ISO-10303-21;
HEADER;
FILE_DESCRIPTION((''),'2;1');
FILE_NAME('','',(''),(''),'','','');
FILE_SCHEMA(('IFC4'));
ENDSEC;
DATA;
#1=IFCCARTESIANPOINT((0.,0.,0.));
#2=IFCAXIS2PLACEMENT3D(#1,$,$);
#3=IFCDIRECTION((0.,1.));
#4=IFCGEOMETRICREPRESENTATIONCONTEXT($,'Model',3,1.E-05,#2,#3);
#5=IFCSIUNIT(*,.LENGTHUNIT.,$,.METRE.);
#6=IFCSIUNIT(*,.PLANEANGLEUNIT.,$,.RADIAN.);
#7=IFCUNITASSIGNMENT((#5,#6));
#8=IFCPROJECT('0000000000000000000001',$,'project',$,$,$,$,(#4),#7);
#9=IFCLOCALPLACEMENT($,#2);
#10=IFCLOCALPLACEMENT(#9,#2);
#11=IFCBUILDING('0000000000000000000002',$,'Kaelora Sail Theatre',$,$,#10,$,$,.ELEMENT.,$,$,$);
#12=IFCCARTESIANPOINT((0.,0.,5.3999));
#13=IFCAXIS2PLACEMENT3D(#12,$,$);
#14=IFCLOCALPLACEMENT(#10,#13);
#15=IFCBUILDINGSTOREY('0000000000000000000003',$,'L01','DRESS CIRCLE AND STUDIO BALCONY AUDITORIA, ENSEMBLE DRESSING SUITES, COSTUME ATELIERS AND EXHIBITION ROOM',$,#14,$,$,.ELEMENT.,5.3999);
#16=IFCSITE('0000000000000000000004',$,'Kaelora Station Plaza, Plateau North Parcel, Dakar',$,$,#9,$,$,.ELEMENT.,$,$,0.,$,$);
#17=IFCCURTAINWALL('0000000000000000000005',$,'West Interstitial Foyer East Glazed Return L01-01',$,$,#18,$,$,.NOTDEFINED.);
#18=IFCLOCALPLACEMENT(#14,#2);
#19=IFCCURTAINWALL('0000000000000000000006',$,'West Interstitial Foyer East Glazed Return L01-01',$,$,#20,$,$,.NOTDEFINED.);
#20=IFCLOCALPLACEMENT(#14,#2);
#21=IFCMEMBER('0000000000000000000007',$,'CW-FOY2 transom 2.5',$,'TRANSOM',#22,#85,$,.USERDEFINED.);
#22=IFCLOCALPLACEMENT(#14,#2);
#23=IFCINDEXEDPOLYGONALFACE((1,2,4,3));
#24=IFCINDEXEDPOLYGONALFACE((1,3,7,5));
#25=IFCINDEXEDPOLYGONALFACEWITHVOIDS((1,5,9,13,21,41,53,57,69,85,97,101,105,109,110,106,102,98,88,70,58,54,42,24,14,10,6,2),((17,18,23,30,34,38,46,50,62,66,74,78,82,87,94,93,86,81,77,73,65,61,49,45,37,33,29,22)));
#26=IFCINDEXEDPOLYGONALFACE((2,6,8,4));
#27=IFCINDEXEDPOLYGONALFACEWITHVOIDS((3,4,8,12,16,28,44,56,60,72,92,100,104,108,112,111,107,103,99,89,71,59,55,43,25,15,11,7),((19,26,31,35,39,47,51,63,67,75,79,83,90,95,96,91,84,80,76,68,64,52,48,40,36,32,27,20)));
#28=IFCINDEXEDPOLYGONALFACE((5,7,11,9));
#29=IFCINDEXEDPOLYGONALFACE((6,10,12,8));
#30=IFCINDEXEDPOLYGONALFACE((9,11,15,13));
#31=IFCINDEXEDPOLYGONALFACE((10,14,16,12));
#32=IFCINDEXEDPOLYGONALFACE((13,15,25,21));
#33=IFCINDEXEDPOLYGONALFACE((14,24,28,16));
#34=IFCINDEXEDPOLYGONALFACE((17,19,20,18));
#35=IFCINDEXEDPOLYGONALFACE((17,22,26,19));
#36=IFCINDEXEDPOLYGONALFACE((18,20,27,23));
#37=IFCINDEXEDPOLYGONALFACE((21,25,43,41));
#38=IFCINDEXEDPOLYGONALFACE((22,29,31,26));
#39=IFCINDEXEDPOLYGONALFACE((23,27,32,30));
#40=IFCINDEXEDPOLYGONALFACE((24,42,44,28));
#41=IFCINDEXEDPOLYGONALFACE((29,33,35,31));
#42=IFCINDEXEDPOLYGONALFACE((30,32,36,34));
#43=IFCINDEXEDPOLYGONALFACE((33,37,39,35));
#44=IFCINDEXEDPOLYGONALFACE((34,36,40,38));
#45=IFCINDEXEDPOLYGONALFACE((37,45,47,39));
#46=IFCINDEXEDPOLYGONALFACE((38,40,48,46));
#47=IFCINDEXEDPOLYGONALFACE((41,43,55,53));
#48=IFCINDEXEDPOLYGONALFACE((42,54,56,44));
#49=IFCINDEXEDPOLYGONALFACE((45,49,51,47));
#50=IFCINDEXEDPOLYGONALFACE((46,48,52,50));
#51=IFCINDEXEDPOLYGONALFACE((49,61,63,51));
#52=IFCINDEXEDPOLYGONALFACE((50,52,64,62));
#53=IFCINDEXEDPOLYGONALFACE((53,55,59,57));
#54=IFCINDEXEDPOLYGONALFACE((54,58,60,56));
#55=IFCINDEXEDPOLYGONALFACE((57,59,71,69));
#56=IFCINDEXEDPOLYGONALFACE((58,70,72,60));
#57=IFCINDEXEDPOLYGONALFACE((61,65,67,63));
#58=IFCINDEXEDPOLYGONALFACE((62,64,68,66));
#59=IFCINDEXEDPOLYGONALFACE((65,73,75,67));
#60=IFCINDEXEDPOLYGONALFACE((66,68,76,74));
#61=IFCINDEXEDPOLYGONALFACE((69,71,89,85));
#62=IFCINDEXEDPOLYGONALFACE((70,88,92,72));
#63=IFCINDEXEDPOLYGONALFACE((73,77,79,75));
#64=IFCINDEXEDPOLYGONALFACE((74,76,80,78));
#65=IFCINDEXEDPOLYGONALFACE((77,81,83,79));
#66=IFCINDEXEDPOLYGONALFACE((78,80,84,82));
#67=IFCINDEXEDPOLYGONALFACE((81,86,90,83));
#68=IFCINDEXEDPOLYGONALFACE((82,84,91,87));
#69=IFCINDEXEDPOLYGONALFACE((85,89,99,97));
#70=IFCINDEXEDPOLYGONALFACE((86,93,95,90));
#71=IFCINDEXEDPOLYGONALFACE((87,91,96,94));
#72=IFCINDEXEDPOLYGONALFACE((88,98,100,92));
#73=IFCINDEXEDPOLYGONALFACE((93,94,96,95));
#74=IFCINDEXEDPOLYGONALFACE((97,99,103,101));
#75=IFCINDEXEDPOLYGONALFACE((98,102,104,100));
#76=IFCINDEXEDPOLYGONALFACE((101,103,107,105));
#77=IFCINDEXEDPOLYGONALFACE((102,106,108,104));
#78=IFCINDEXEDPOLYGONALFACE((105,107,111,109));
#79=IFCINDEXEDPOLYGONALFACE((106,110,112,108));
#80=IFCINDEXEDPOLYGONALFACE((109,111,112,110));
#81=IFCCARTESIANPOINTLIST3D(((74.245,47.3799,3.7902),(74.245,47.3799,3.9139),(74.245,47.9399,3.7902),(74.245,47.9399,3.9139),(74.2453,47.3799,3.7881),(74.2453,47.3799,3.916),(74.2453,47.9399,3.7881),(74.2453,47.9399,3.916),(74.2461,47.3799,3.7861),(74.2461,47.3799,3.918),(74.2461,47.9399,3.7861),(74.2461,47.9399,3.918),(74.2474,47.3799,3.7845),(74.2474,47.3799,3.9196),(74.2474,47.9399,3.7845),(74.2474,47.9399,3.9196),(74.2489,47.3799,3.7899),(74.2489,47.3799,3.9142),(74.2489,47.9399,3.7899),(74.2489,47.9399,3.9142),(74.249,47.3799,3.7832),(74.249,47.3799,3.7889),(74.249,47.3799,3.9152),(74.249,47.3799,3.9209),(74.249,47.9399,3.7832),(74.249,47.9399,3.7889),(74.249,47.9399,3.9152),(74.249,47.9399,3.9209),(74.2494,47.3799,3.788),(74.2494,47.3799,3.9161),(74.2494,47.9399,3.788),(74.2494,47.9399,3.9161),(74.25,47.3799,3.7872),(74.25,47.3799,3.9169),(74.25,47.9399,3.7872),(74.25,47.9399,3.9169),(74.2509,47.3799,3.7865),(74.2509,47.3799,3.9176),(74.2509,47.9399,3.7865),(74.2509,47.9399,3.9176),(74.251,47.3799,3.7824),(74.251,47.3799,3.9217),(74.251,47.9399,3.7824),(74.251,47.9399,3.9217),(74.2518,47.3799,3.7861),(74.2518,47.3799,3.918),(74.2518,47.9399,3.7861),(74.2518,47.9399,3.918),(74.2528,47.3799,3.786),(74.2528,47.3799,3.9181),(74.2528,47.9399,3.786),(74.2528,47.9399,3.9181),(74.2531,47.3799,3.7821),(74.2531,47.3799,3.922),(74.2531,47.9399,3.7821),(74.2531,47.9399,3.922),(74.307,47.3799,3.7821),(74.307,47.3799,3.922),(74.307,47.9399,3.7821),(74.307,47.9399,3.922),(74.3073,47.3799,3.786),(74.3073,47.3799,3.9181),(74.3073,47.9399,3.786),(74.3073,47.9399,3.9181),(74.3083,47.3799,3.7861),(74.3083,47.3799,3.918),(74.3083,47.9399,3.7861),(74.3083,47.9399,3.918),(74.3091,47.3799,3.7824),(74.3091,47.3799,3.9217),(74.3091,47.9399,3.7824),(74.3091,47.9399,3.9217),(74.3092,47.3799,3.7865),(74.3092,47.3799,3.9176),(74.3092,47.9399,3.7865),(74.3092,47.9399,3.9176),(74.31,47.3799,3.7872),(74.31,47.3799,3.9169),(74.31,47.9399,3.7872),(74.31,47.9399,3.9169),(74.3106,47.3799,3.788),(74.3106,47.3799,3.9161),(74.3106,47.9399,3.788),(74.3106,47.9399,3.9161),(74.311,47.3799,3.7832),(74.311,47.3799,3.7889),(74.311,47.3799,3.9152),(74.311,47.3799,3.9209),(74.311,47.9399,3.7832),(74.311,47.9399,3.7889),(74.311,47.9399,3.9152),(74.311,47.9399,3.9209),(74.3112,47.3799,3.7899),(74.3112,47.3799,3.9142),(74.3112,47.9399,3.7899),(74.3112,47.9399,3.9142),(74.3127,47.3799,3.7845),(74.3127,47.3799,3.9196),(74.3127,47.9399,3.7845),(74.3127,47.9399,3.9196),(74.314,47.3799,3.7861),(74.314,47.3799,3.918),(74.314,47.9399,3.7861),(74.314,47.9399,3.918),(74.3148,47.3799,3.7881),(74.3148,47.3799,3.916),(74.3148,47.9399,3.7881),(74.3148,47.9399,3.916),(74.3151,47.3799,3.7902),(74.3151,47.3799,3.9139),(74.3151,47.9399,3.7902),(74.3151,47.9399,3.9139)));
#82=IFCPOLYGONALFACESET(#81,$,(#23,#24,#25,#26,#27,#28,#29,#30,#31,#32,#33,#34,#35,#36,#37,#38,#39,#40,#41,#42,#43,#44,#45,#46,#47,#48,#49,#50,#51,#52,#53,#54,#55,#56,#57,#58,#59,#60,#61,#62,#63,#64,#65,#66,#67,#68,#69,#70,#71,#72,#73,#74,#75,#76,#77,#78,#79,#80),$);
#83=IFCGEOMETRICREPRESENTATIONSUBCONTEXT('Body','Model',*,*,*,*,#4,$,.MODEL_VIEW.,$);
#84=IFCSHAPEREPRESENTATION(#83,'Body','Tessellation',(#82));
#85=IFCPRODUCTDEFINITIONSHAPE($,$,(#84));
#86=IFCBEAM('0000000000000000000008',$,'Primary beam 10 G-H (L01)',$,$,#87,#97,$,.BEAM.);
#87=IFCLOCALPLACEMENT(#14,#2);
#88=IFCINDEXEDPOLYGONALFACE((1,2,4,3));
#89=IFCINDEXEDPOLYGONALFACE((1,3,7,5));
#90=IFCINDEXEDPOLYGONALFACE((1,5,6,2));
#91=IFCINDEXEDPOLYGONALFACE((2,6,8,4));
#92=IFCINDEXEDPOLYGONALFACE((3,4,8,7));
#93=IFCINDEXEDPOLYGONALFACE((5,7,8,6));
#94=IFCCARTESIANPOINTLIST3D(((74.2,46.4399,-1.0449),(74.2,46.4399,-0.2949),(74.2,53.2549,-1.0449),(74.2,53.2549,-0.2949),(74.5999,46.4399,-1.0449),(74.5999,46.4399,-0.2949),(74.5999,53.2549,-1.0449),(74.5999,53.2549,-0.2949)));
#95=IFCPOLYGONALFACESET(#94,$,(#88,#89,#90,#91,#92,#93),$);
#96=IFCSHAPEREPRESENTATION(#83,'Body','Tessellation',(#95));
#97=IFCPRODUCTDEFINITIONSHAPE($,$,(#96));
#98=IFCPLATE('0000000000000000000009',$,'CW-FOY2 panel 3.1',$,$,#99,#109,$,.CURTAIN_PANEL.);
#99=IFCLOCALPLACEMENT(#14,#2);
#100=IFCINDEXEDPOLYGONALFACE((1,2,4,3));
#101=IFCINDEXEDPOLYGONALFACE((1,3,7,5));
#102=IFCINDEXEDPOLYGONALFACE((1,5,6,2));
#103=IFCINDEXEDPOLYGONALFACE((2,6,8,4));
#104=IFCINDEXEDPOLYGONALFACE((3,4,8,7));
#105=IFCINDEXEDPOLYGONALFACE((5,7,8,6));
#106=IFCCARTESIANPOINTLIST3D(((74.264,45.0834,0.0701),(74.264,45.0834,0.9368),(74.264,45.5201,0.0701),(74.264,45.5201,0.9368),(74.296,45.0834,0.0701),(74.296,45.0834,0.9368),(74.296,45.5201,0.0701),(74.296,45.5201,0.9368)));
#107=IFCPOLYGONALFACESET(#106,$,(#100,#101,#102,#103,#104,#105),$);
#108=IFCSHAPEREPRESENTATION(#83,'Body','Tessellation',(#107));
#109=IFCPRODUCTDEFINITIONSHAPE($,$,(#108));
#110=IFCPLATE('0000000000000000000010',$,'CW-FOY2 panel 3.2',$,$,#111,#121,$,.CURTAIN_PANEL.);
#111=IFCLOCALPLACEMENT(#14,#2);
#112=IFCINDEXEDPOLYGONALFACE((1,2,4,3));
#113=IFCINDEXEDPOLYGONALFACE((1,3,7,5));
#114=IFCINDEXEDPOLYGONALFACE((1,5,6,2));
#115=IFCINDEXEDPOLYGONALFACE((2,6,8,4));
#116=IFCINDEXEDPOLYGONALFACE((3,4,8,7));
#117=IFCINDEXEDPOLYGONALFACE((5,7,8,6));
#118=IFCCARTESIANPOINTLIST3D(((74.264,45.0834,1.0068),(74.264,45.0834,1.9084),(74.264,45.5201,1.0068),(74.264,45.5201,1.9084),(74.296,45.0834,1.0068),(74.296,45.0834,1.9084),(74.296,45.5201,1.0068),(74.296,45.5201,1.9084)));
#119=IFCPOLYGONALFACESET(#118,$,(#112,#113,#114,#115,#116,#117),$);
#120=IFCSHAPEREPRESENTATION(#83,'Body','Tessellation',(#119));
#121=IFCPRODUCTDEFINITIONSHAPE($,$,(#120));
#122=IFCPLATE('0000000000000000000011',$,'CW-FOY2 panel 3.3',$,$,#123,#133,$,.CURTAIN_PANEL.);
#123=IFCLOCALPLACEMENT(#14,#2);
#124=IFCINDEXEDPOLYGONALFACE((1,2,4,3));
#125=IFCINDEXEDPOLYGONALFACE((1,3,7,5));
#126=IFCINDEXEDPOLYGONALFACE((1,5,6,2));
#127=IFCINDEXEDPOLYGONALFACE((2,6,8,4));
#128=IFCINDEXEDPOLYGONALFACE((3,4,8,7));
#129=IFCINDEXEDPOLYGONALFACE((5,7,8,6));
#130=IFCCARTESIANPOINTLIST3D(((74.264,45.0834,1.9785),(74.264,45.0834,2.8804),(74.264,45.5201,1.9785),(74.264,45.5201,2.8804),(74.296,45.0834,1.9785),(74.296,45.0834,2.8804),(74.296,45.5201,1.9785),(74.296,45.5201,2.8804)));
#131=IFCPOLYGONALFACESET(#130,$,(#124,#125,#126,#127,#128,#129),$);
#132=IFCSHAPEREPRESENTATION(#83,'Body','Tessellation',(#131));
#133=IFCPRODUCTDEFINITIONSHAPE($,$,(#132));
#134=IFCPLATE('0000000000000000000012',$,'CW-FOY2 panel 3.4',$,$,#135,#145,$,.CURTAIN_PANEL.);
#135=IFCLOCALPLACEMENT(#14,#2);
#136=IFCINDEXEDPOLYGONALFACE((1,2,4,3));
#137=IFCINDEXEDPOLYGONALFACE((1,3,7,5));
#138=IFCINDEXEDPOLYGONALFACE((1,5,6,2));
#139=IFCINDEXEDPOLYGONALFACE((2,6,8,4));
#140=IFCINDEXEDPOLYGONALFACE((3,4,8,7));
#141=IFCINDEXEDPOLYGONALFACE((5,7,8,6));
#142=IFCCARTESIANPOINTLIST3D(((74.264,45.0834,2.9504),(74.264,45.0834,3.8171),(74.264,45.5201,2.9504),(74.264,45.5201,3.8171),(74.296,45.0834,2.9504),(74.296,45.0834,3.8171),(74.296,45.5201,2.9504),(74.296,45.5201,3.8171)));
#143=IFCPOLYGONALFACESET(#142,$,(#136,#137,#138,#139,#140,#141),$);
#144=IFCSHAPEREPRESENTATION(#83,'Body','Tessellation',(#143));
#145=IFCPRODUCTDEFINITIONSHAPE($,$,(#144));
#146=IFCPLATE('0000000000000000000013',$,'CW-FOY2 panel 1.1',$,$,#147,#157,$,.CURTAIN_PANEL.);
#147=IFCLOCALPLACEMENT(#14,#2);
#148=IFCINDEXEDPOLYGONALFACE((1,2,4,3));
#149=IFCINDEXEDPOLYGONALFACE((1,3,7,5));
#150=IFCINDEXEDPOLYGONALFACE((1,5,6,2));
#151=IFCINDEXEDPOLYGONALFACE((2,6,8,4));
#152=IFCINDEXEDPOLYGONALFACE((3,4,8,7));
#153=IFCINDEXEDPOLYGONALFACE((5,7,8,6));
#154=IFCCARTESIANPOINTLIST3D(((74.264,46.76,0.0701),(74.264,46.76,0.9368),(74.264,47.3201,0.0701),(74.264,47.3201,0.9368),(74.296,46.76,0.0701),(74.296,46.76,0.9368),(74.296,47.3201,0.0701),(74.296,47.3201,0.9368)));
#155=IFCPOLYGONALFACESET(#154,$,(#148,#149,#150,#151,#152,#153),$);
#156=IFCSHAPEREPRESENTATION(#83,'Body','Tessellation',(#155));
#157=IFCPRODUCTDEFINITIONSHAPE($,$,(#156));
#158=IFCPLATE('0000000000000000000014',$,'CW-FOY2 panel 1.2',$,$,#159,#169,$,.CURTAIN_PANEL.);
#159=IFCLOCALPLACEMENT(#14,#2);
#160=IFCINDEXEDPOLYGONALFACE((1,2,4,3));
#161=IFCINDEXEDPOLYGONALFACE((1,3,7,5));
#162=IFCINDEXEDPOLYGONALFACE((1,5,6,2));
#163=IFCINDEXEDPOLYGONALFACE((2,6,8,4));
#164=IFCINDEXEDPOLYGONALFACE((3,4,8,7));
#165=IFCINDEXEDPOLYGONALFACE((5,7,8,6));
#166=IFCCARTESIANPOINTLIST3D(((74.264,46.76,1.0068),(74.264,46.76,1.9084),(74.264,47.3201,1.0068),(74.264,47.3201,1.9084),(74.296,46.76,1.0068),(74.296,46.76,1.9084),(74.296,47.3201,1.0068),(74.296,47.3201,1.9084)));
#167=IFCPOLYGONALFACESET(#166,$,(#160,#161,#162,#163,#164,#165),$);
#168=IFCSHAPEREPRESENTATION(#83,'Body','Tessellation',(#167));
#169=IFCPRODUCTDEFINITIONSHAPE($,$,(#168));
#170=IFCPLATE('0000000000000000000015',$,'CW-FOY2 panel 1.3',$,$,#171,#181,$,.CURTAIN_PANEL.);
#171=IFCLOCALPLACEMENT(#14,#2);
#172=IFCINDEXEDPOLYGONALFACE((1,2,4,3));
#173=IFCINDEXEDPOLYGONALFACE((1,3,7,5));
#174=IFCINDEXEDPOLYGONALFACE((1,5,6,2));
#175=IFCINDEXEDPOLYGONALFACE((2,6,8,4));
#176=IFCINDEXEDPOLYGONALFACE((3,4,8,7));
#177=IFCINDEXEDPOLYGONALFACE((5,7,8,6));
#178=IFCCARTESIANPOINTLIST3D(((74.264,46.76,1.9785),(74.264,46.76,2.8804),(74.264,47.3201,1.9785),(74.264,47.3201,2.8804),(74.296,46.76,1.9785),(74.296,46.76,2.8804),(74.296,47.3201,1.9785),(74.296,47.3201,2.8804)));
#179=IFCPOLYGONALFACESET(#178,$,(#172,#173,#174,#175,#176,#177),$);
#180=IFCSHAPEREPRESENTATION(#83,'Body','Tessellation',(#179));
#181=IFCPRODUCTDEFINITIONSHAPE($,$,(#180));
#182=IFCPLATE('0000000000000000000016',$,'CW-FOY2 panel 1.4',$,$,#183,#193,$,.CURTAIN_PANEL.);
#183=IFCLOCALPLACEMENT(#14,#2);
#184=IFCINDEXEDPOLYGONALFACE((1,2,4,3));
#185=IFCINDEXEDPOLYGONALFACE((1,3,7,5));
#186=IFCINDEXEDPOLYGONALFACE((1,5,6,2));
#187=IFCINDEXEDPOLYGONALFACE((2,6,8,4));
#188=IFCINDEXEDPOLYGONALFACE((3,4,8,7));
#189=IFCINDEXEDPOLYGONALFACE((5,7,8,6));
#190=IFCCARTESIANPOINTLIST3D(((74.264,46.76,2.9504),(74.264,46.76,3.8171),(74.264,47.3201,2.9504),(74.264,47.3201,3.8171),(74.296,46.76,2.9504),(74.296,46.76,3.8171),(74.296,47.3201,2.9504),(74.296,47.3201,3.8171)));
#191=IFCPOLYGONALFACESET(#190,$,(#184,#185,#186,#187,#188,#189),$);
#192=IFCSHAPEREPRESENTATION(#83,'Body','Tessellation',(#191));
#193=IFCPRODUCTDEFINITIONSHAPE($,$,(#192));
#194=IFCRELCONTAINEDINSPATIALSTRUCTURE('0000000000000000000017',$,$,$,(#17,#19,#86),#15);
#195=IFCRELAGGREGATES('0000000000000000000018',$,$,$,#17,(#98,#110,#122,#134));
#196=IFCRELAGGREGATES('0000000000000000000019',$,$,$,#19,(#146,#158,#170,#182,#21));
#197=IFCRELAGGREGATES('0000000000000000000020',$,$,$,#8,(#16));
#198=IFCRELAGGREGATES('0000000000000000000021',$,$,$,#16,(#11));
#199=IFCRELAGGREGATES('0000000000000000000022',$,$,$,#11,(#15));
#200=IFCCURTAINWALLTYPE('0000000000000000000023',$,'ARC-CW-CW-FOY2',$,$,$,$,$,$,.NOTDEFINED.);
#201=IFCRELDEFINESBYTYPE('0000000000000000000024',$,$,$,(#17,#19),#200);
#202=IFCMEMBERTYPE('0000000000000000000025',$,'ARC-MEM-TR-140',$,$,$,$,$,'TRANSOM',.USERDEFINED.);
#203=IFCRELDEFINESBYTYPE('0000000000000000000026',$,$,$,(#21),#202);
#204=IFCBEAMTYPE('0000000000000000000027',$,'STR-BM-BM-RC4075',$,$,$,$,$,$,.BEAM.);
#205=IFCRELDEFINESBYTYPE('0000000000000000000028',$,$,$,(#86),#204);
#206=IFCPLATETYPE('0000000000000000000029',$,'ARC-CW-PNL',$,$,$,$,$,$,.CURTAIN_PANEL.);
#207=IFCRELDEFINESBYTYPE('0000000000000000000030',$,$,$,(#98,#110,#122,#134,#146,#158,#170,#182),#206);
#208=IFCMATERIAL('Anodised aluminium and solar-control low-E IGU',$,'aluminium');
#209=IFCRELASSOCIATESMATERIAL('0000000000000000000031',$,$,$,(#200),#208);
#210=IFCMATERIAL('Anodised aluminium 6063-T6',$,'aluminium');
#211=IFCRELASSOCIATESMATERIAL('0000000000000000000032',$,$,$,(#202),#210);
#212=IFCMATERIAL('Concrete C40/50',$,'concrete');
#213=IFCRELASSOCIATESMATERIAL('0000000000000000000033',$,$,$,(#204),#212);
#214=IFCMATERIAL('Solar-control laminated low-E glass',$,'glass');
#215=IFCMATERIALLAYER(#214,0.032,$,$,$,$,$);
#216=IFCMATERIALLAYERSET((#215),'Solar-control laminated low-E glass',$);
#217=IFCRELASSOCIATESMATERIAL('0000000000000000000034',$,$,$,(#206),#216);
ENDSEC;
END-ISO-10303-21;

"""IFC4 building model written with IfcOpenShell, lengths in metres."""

from ifc_helpers import new_model, si_unit, direction, frame, origin, origin_2d, place, context, subcontext, project, spatial, rectangle, hollow_rectangle, extrude, material, layer, layer_set, material_profile, profile_set, type_object, element, aggregate, save


model = new_model("IFC4")

# Units and contexts
model_context = context("Model", 3, precision=1e-05, world=origin(), true_north=direction((0.0, 1.0)))
body_context = subcontext(model_context, "Body", "Model", "MODEL_VIEW")
ifc_project = project(units=[si_unit("LENGTHUNIT", "METRE"), si_unit("PLANEANGLEUNIT", "RADIAN")], contexts=[model_context])

# Site, building, storey
site_placement = place(None, origin())
site = spatial("IfcSite", under=ifc_project, at=site_placement, Name="Kaelora Station Plaza, Plateau North Parcel, Dakar", CompositionType="ELEMENT", RefElevation=0.0)
building_placement = place(site_placement, origin())
building = spatial("IfcBuilding", under=site, at=building_placement, Name="Kaelora Sail Theatre", CompositionType="ELEMENT")
storey_placement = place(building_placement, frame((0.0, 0.0, 5.3999)))
storey = spatial("IfcBuildingStorey", under=building, at=storey_placement, Name="L01", Description="DRESS CIRCLE AND STUDIO BALCONY AUDITORIA, ENSEMBLE DRESSING SUITES, COSTUME ATELIERS AND EXHIBITION ROOM", CompositionType="ELEMENT", Elevation=5.3999)

# Curtain wall
ifc_material_1 = material(Name="Anodised aluminium and solar-control low-E IGU", Category="aluminium")
curtain_wall_type = type_object("IfcCurtainWallType", Name="ARC-CW-CW-FOY2", PredefinedType="NOTDEFINED", material=ifc_material_1)
curtain_wall_1_placement = place(storey_placement, origin())
curtain_wall_1 = element("IfcCurtainWall", 1, at=curtain_wall_1_placement, inside=storey, type_object=curtain_wall_type, Name="West Interstitial Foyer East Glazed Return L01-01", PredefinedType="NOTDEFINED")

# Curtain wall, member
curtain_wall_2_placement = place(storey_placement, origin())
curtain_wall_2 = element("IfcCurtainWall", 2, at=curtain_wall_2_placement, inside=storey, type_object=curtain_wall_type, Name="West Interstitial Foyer East Glazed Return L01-01", PredefinedType="NOTDEFINED")
ifc_material_2 = material(Name="Anodised aluminium 6063-T6", Category="aluminium")
ifc_material_profile_1 = material_profile(ifc_material_2, hollow_rectangle(XDim=0.0701, YDim=0.1399, WallThickness=0.0039, InnerFilletRadius=0.0039, OuterFilletRadius=0.0081, at=origin_2d()), Name="ALU-TRAN 70x140x4")
ifc_profile_set_1 = profile_set([ifc_material_profile_1], Name="Anodised aluminium 6063-T6")
member_type_1 = type_object("IfcMemberType", Name="ARC-MEM-TR-140", ElementType="TRANSOM", PredefinedType="USERDEFINED", material=ifc_profile_set_1)
member_1_placement = place(storey_placement, frame((74.28, 47.3799, 3.8521), z_axis=(0.0, 1.0, 0.0), x_axis=(-1.0, 0.0, 0.0)))
member_1 = element("IfcMember", 3, at=member_1_placement, type_object=member_type_1, Name="CW-FOY2 transom 2.5", ObjectType="TRANSOM", PredefinedType="USERDEFINED", context=body_context, shape_type="SweptSolid", body=[
    extrude(hollow_rectangle(XDim=0.0701, YDim=0.1399, WallThickness=0.0039, InnerFilletRadius=0.0039, OuterFilletRadius=0.0081, at=origin_2d()), origin(), (0.0, 0.0, 1.0), 0.5601),
])

# Beam
ifc_material_3 = material(Name="Concrete C40/50", Category="concrete")
ifc_material_profile_2 = material_profile(ifc_material_3, rectangle(XDim=0.3999, YDim=0.75, at=origin_2d()), Name="RC-BM 400x750")
ifc_profile_set_2 = profile_set([ifc_material_profile_2], Name="Concrete C40/50")
beam_type = type_object("IfcBeamType", Name="STR-BM-BM-RC4075", PredefinedType="BEAM", material=ifc_profile_set_2)
beam_placement = place(storey_placement, frame((74.3999, 46.4399, -0.6699), z_axis=(0.0, 1.0, 0.0), x_axis=(-1.0, 0.0, 0.0)))
element("IfcBeam", 4, at=beam_placement, inside=storey, type_object=beam_type, Name="Primary beam 10 G-H (L01)", PredefinedType="BEAM", context=body_context, shape_type="SweptSolid", body=[
    extrude(rectangle(XDim=0.3999, YDim=0.75, at=origin_2d()), origin(), (0.0, 0.0, 1.0), 6.8149),
])

# Plates
ifc_material_4 = material(Name="Solar-control laminated low-E glass", Category="glass")
ifc_layer_1 = layer(ifc_material_4, 0.032)
ifc_layer_set_1 = layer_set([ifc_layer_1], Name="Solar-control laminated low-E glass")
plate_type = type_object("IfcPlateType", Name="ARC-CW-PNL", PredefinedType="CURTAIN_PANEL", material=ifc_layer_set_1)
plate_1_placement = place(storey_placement, frame((74.28, 45.3018, 0.0701), z_axis=(0.0, 0.0, 1.0), x_axis=(0.0, 1.0, 0.0)))
plate_1 = element("IfcPlate", 5, at=plate_1_placement, type_object=plate_type, Name="CW-FOY2 panel 3.1", PredefinedType="CURTAIN_PANEL", context=body_context, shape_type="SweptSolid", body=[
    extrude(rectangle(XDim=0.4368, YDim=0.032, at=origin_2d()), origin(), (0.0, 0.0, 1.0), 0.8667),
])
plate_2_placement = place(storey_placement, frame((74.28, 45.3018, 1.0068), z_axis=(0.0, 0.0, 1.0), x_axis=(0.0, 1.0, 0.0)))
plate_2 = element("IfcPlate", 6, at=plate_2_placement, type_object=plate_type, Name="CW-FOY2 panel 3.2", PredefinedType="CURTAIN_PANEL", context=body_context, shape_type="SweptSolid", body=[
    extrude(rectangle(XDim=0.4368, YDim=0.032, at=origin_2d()), origin(), (0.0, 0.0, 1.0), 0.9016),
])
plate_3_placement = place(storey_placement, frame((74.28, 45.3018, 1.9785), z_axis=(0.0, 0.0, 1.0), x_axis=(0.0, 1.0, 0.0)))
plate_3 = element("IfcPlate", 7, at=plate_3_placement, type_object=plate_type, Name="CW-FOY2 panel 3.3", PredefinedType="CURTAIN_PANEL", context=body_context, shape_type="SweptSolid", body=[
    extrude(rectangle(XDim=0.4368, YDim=0.032, at=origin_2d()), origin(), (0.0, 0.0, 1.0), 0.9019),
])
plate_4_placement = place(storey_placement, frame((74.28, 45.3018, 2.9504), z_axis=(0.0, 0.0, 1.0), x_axis=(0.0, 1.0, 0.0)))
plate_4 = element("IfcPlate", 8, at=plate_4_placement, type_object=plate_type, Name="CW-FOY2 panel 3.4", PredefinedType="CURTAIN_PANEL", context=body_context, shape_type="SweptSolid", body=[
    extrude(rectangle(XDim=0.4368, YDim=0.032, at=origin_2d()), origin(), (0.0, 0.0, 1.0), 0.8667),
])
aggregate(curtain_wall_1, [plate_1, plate_2, plate_3, plate_4])
plate_5_placement = place(storey_placement, frame((74.28, 47.04, 0.0701), z_axis=(0.0, 0.0, 1.0), x_axis=(0.0, 1.0, 0.0)))
plate_5 = element("IfcPlate", 9, at=plate_5_placement, type_object=plate_type, Name="CW-FOY2 panel 1.1", PredefinedType="CURTAIN_PANEL", context=body_context, shape_type="SweptSolid", body=[
    extrude(rectangle(XDim=0.5601, YDim=0.032, at=origin_2d()), origin(), (0.0, 0.0, 1.0), 0.8667),
])
plate_6_placement = place(storey_placement, frame((74.28, 47.04, 1.0068), z_axis=(0.0, 0.0, 1.0), x_axis=(0.0, 1.0, 0.0)))
plate_6 = element("IfcPlate", 10, at=plate_6_placement, type_object=plate_type, Name="CW-FOY2 panel 1.2", PredefinedType="CURTAIN_PANEL", context=body_context, shape_type="SweptSolid", body=[
    extrude(rectangle(XDim=0.5601, YDim=0.032, at=origin_2d()), origin(), (0.0, 0.0, 1.0), 0.9016),
])
plate_7_placement = place(storey_placement, frame((74.28, 47.04, 1.9785), z_axis=(0.0, 0.0, 1.0), x_axis=(0.0, 1.0, 0.0)))
plate_7 = element("IfcPlate", 11, at=plate_7_placement, type_object=plate_type, Name="CW-FOY2 panel 1.3", PredefinedType="CURTAIN_PANEL", context=body_context, shape_type="SweptSolid", body=[
    extrude(rectangle(XDim=0.5601, YDim=0.032, at=origin_2d()), origin(), (0.0, 0.0, 1.0), 0.9019),
])
plate_8_placement = place(storey_placement, frame((74.28, 47.04, 2.9504), z_axis=(0.0, 0.0, 1.0), x_axis=(0.0, 1.0, 0.0)))
plate_8 = element("IfcPlate", 12, at=plate_8_placement, type_object=plate_type, Name="CW-FOY2 panel 1.4", PredefinedType="CURTAIN_PANEL", context=body_context, shape_type="SweptSolid", body=[
    extrude(rectangle(XDim=0.5601, YDim=0.032, at=origin_2d()), origin(), (0.0, 0.0, 1.0), 0.8667),
])
aggregate(curtain_wall_2, [plate_5, plate_6, plate_7, plate_8, member_1])

save(model, "model.ifc")
